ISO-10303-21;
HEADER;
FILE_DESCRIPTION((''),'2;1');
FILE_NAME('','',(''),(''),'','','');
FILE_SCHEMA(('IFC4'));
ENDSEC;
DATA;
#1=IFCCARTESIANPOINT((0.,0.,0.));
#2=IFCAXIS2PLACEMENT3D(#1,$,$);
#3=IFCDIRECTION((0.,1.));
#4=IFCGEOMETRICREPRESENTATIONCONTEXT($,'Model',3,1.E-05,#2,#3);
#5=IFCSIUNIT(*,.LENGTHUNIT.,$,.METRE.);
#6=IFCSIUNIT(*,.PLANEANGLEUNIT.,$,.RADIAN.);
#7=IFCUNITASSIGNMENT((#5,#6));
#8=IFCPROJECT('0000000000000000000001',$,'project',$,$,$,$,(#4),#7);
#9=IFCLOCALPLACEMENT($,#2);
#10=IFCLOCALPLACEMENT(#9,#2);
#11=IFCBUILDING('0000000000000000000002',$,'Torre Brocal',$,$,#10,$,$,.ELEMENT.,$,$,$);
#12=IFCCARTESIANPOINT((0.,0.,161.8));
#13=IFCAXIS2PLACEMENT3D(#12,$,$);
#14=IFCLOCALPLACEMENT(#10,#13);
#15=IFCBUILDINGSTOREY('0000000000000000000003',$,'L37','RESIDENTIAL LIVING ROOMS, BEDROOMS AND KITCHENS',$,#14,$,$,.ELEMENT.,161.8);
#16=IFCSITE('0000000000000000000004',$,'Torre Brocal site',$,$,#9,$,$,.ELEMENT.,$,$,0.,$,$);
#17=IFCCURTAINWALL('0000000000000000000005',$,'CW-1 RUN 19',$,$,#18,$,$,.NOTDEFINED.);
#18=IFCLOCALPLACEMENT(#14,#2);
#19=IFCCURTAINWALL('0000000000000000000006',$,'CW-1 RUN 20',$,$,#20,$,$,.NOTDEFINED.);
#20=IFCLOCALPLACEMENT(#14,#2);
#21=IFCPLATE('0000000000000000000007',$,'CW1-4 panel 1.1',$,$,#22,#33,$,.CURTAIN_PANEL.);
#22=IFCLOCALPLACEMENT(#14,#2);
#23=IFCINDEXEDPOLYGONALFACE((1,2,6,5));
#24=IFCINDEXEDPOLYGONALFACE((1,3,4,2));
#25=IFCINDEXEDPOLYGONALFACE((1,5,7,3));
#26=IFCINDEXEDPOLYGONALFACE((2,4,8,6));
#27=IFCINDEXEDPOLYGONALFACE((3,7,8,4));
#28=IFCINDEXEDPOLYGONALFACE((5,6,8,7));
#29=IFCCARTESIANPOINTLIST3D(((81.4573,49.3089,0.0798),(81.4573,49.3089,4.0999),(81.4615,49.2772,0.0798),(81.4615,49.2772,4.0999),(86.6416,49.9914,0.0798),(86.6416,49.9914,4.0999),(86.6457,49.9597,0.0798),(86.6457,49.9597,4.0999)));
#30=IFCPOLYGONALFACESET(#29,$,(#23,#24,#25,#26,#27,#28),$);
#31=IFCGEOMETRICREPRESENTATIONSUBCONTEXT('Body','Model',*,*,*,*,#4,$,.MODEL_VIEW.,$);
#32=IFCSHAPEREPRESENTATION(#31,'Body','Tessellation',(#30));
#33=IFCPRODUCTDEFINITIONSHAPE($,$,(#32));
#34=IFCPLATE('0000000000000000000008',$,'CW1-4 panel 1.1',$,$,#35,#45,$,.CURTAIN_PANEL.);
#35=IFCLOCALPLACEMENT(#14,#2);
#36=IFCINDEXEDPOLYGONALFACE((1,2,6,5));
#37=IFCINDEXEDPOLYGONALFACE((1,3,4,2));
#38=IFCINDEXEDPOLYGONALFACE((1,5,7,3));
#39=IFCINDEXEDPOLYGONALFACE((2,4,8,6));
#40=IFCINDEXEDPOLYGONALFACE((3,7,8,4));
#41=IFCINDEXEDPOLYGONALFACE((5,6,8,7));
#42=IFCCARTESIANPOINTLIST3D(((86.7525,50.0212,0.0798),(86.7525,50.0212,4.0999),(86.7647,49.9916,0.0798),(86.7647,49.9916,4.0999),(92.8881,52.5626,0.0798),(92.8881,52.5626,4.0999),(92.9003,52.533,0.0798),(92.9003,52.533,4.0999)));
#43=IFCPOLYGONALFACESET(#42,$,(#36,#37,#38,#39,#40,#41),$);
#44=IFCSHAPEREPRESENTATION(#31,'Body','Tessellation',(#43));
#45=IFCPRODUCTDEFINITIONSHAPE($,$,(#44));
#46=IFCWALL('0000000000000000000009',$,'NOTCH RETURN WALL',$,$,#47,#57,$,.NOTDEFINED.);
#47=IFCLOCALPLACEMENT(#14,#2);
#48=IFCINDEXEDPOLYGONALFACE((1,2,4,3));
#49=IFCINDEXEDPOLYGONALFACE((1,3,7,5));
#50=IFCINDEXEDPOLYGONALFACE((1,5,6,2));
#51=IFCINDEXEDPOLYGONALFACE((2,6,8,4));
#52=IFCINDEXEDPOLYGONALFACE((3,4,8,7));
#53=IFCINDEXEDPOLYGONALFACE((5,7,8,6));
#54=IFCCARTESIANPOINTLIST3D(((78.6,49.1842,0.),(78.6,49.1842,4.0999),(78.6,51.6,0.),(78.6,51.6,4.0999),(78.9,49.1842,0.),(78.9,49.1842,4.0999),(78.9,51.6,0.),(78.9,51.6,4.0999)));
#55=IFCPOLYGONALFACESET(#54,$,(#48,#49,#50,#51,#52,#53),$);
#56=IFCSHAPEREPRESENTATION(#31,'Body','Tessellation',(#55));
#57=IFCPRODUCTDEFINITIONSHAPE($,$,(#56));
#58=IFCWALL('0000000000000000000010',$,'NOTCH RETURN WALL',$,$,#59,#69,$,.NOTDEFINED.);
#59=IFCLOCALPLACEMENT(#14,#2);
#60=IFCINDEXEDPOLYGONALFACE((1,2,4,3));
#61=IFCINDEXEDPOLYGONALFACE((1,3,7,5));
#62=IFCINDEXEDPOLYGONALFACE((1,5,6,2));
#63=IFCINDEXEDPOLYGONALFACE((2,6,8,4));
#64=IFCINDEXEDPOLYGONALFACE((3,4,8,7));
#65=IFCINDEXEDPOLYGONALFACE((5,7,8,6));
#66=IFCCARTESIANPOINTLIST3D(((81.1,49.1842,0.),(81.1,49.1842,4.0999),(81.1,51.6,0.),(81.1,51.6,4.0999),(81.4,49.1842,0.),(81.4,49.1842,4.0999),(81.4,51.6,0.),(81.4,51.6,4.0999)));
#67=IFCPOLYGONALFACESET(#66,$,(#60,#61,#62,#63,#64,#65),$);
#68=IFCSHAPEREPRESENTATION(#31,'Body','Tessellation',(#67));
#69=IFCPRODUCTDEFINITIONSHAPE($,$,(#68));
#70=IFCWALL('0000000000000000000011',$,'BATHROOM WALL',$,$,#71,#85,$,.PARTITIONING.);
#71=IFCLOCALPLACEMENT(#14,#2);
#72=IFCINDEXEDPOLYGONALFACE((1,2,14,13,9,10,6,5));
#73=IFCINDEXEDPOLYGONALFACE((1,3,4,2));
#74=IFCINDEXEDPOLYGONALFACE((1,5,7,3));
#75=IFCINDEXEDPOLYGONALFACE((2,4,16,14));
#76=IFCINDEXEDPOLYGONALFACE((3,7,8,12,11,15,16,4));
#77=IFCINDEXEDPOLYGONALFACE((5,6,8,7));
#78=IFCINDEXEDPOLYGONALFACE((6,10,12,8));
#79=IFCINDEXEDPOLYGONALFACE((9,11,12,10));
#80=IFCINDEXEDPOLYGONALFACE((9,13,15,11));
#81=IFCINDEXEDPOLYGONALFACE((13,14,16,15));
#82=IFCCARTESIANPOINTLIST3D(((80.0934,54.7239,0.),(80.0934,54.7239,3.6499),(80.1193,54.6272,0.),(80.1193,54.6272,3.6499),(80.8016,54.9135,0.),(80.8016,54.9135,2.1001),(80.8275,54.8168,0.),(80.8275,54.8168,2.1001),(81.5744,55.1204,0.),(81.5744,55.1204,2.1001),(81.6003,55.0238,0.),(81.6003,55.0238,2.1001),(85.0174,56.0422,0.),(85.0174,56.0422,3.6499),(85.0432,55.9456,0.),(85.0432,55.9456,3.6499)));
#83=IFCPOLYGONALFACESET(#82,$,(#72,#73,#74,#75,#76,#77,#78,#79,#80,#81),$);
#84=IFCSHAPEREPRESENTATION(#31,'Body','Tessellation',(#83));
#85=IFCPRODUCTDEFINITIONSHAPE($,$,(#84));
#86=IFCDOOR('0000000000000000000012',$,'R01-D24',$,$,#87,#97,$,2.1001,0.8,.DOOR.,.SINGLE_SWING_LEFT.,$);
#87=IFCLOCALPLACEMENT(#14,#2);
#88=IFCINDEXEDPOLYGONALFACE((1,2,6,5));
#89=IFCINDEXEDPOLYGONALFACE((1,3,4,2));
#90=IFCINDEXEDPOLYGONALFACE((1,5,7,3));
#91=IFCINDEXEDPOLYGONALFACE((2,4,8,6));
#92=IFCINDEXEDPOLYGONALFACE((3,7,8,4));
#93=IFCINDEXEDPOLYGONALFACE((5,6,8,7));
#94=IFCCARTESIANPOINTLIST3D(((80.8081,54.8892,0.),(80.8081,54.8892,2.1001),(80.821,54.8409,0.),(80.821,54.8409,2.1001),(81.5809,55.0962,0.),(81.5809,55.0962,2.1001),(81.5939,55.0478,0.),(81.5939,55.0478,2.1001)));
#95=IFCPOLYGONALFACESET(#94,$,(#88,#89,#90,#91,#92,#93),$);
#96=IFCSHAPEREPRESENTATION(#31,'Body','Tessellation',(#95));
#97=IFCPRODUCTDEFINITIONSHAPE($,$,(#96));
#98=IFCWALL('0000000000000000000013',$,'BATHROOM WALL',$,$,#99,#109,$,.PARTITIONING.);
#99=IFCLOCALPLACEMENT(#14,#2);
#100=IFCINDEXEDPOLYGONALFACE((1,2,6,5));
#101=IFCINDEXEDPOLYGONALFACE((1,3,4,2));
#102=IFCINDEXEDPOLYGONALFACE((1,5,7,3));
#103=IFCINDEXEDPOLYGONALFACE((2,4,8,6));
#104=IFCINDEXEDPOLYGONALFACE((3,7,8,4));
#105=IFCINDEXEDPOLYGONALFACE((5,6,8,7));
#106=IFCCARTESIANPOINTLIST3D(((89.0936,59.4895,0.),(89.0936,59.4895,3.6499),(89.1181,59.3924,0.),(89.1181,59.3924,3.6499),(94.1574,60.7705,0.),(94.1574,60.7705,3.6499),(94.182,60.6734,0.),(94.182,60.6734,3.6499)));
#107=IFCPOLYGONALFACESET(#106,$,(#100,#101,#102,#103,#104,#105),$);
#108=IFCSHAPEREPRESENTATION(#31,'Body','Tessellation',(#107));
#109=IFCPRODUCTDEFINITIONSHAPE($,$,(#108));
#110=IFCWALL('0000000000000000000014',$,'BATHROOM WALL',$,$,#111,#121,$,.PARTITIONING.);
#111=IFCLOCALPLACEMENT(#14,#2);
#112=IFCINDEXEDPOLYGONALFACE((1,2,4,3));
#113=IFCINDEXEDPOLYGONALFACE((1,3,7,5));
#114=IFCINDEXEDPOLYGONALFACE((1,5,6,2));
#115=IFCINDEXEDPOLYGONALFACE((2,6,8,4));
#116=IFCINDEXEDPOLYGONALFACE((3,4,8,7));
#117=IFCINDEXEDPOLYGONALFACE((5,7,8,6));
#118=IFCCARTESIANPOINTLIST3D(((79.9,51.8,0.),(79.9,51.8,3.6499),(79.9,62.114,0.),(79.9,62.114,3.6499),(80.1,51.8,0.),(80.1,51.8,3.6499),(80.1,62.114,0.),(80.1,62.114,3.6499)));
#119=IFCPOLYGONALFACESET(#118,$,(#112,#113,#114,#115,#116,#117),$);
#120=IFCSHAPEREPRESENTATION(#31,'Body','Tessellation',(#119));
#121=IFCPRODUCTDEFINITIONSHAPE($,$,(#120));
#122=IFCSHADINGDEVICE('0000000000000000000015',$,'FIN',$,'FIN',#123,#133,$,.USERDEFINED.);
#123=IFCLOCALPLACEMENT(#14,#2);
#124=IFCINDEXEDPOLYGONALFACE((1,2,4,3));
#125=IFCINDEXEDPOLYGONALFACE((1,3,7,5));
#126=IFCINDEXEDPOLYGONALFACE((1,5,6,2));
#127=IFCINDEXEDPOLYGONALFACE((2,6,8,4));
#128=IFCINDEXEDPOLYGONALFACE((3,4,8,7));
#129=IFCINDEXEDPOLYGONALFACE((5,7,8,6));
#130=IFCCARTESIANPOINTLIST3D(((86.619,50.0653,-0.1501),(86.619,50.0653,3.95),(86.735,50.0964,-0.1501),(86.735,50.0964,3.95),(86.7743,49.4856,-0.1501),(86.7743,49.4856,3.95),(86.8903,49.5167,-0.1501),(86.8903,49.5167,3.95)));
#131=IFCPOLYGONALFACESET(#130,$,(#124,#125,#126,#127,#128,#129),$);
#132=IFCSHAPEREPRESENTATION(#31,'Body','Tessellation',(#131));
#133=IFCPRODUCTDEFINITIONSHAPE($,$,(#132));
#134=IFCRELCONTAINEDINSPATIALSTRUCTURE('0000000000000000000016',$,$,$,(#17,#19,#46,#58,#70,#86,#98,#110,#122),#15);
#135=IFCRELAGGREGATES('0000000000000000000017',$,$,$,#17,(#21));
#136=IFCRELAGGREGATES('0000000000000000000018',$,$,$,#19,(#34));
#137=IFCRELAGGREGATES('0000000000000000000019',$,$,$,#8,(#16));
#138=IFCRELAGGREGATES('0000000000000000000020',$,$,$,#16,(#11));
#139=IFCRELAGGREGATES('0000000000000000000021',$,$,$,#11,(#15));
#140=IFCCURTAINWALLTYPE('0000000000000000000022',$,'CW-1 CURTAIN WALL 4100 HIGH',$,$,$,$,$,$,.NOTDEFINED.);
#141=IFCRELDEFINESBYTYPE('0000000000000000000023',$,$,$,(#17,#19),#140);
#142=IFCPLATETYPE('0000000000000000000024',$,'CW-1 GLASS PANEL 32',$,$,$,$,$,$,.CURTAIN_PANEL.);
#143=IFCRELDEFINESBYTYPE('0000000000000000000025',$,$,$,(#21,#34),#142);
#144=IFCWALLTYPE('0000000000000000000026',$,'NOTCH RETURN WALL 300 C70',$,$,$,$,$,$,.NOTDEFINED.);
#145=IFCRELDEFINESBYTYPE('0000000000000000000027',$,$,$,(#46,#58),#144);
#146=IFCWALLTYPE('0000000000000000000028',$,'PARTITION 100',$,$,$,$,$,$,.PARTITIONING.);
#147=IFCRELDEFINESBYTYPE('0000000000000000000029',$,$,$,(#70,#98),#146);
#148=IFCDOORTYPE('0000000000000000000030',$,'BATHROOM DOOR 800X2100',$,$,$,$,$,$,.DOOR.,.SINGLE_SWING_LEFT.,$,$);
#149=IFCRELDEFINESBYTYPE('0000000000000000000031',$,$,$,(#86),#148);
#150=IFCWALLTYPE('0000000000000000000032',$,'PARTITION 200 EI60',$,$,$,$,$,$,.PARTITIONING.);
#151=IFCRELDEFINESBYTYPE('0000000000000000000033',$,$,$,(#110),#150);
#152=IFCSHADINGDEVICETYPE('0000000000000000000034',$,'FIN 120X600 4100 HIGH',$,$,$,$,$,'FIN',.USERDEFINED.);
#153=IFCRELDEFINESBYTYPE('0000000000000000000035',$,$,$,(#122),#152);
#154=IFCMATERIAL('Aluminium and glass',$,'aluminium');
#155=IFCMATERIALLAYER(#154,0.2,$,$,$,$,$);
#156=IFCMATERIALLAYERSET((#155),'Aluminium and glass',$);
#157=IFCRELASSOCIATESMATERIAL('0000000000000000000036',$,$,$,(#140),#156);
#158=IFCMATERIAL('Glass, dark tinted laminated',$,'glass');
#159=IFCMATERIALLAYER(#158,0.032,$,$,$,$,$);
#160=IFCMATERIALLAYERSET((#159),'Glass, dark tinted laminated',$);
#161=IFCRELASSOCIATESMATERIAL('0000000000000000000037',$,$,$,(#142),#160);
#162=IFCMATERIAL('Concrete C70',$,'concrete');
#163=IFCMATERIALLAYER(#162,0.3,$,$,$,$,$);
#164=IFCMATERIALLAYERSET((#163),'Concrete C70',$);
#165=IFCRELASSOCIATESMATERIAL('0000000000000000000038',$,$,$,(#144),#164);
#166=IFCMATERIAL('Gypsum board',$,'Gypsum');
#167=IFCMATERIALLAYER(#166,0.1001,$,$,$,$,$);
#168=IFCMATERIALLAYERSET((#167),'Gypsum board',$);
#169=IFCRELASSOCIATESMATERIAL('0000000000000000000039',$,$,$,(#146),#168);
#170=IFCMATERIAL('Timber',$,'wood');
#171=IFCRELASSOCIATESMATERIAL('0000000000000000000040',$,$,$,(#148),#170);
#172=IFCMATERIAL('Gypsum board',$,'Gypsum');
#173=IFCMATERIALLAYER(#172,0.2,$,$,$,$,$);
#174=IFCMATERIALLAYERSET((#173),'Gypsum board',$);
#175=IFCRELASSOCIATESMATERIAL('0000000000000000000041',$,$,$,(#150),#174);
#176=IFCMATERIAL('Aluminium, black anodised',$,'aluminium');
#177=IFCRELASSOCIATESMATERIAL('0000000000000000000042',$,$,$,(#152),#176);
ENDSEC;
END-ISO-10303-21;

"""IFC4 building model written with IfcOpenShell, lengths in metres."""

from ifc_helpers import new_model, si_unit, direction, frame, frame_2d, origin, origin_2d, place, context, subcontext, project, spatial, rectangle, extrude, material, layer, layer_set, material_profile, profile_set, type_object, element, fill, aggregate, save


model = new_model("IFC4")

# Units and contexts
model_context = context("Model", 3, precision=1e-05, world=origin(), true_north=direction((0.0, 1.0)))
body_context = subcontext(model_context, "Body", "Model", "MODEL_VIEW")
ifc_project = project(units=[si_unit("LENGTHUNIT", "METRE"), si_unit("PLANEANGLEUNIT", "RADIAN")], contexts=[model_context])

# Site, building, storey
site_placement = place(None, origin())
site = spatial("IfcSite", under=ifc_project, at=site_placement, Name="Torre Brocal site", CompositionType="ELEMENT", RefElevation=0.0)
building_placement = place(site_placement, origin())
building = spatial("IfcBuilding", under=site, at=building_placement, Name="Torre Brocal", CompositionType="ELEMENT")
storey_placement = place(building_placement, frame((0.0, 0.0, 161.8)))
storey = spatial("IfcBuildingStorey", under=building, at=storey_placement, Name="L37", Description="RESIDENTIAL LIVING ROOMS, BEDROOMS AND KITCHENS", CompositionType="ELEMENT", Elevation=161.8)

# Curtain wall
ifc_material_1 = material(Name="Aluminium and glass", Category="aluminium")
ifc_layer_1 = layer(ifc_material_1, 0.2)
ifc_layer_set_1 = layer_set([ifc_layer_1], Name="Aluminium and glass")
curtain_wall_type = type_object("IfcCurtainWallType", Name="CW-1 CURTAIN WALL 4100 HIGH", PredefinedType="NOTDEFINED", material=ifc_layer_set_1)
curtain_wall_1_placement = place(storey_placement, origin())
curtain_wall_1 = element("IfcCurtainWall", 1, at=curtain_wall_1_placement, inside=storey, type_object=curtain_wall_type, Name="CW-1 RUN 19", PredefinedType="NOTDEFINED")

# Curtain wall
curtain_wall_2_placement = place(storey_placement, origin())
curtain_wall_2 = element("IfcCurtainWall", 2, at=curtain_wall_2_placement, inside=storey, type_object=curtain_wall_type, Name="CW-1 RUN 20", PredefinedType="NOTDEFINED")

# Plates
ifc_material_2 = material(Name="Glass, dark tinted laminated", Category="glass")
ifc_layer_2 = layer(ifc_material_2, 0.032)
ifc_layer_set_2 = layer_set([ifc_layer_2], Name="Glass, dark tinted laminated")
plate_type = type_object("IfcPlateType", Name="CW-1 GLASS PANEL 32", PredefinedType="CURTAIN_PANEL", material=ifc_layer_set_2)
plate_1_placement = place(storey_placement, frame((84.0515, 49.6343, 0.0798), z_axis=(0.0, 0.0, 1.0), x_axis=(0.991445, 0.130526, 0.0)))
plate_1 = element("IfcPlate", 3, at=plate_1_placement, type_object=plate_type, Name="CW1-4 panel 1.1", PredefinedType="CURTAIN_PANEL", context=body_context, shape_type="SweptSolid", body=[
    extrude(rectangle(XDim=5.229, YDim=0.032, at=origin_2d()), origin(), (0.0, 0.0, 1.0), 4.02),
])
aggregate(curtain_wall_1, [plate_1])
plate_2_placement = place(storey_placement, frame((89.8264, 51.2771, 0.0798), z_axis=(0.0, 0.0, 1.0), x_axis=(0.92388, 0.382683, 0.0)))
plate_2 = element("IfcPlate", 4, at=plate_2_placement, type_object=plate_type, Name="CW1-4 panel 1.1", PredefinedType="CURTAIN_PANEL", context=body_context, shape_type="SweptSolid", body=[
    extrude(rectangle(XDim=6.6411, YDim=0.032, at=origin_2d()), origin(), (0.0, 0.0, 1.0), 4.02),
])
aggregate(curtain_wall_2, [plate_2])

# Walls
ifc_material_3 = material(Name="Concrete C70", Category="concrete")
ifc_layer_3 = layer(ifc_material_3, 0.3)
ifc_layer_set_3 = layer_set([ifc_layer_3], Name="Concrete C70")
wall_type_1 = type_object("IfcWallType", Name="NOTCH RETURN WALL 300 C70", PredefinedType="NOTDEFINED", material=ifc_layer_set_3)
for number, where, z_axis, x_axis, name in (
    (5, (78.75, 51.6001, 0.0), (0.0, 0.0, 1.0), (0.0, -1.0, 0.0), "NOTCH RETURN WALL"),
    (6, (81.25, 51.6001, 0.0), (0.0, 0.0, 1.0), (0.0, -1.0, 0.0), "NOTCH RETURN WALL"),
):
    element("IfcWall", number, at=place(storey_placement, frame(where, z_axis=z_axis, x_axis=x_axis)), inside=storey, type_object=wall_type_1, Name=name, PredefinedType="NOTDEFINED", context=body_context, shape_type="SweptSolid", body=[
        extrude(rectangle(XDim=2.4158, YDim=0.3, at=frame_2d((1.208, 0.0))), origin(), (0.0, 0.0, 1.0), 4.0999),
    ])

# Wall, opening, door
ifc_material_4 = material(Name="Gypsum board", Category="Gypsum")
ifc_layer_4 = layer(ifc_material_4, 0.1001)
ifc_layer_set_4 = layer_set([ifc_layer_4], Name="Gypsum board")
wall_type_2 = type_object("IfcWallType", Name="PARTITION 100", PredefinedType="PARTITIONING", material=ifc_layer_set_4)
wall_1_placement = place(storey_placement, frame((80.1062, 54.6755, 0.0), z_axis=(0.0, 0.0, 1.0), x_axis=(0.965977, 0.258628, 0.0)))
wall_1 = element("IfcWall", 7, at=wall_1_placement, inside=storey, type_object=wall_type_2, Name="BATHROOM WALL", PredefinedType="PARTITIONING", context=body_context, shape_type="SweptSolid", body=[
    extrude(rectangle(XDim=5.0974, YDim=0.1001, at=frame_2d((2.5488, 0.0))), origin(), (0.0, 0.0, 1.0), 3.6499),
])
opening_placement = place(wall_1_placement, frame((0.7334, 0.0, 0.0)))
opening = element("IfcOpeningElement", 8, at=opening_placement, cuts=wall_1, PredefinedType="OPENING", context=body_context, shape_type="SweptSolid", body=[
    extrude(rectangle(XDim=0.8, YDim=2.1001, at=frame_2d((0.3999, 1.05))), frame((0.0, 0.0601, 0.0), z_axis=(0.0, -1.0, 0.0), x_axis=(1.0, 0.0, 0.0)), (0.0, 0.0, 1.0), 0.1201),
])
ifc_material_5 = material(Name="Timber", Category="wood")
door_type = type_object("IfcDoorType", Name="BATHROOM DOOR 800X2100", OperationType="SINGLE_SWING_LEFT", PredefinedType="DOOR", material=ifc_material_5)
door_placement = place(opening_placement, origin())
door = element("IfcDoor", 9, at=door_placement, inside=storey, type_object=door_type, Name="R01-D24", OperationType="SINGLE_SWING_LEFT", OverallHeight=2.1001, OverallWidth=0.8, PredefinedType="DOOR", context=body_context, shape_type="SweptSolid", body=[
    extrude(rectangle(XDim=0.8, YDim=2.1001, at=frame_2d((0.3999, 1.05))), frame((0.0, 0.0249, 0.0), z_axis=(0.0, -1.0, 0.0), x_axis=(1.0, 0.0, 0.0)), (0.0, 0.0, 1.0), 0.05),
])
fill(opening, door)

# Walls
wall_2_placement = place(storey_placement, frame((89.1057, 59.4409, 0.0), z_axis=(0.0, 0.0, 1.0), x_axis=(0.969462, 0.24524, 0.0)))
element("IfcWall", 10, at=wall_2_placement, inside=storey, type_object=wall_type_2, Name="BATHROOM WALL", PredefinedType="PARTITIONING", context=body_context, shape_type="SweptSolid", body=[
    extrude(rectangle(XDim=5.2234, YDim=0.1001, at=frame_2d((2.6118, 0.0))), origin(), (0.0, 0.0, 1.0), 3.6499),
])
ifc_material_6 = material(Name="Gypsum board", Category="Gypsum")
ifc_layer_5 = layer(ifc_material_6, 0.2)
ifc_layer_set_5 = layer_set([ifc_layer_5], Name="Gypsum board")
wall_type_3 = type_object("IfcWallType", Name="PARTITION 200 EI60", PredefinedType="PARTITIONING", material=ifc_layer_set_5)
wall_3_placement = place(storey_placement, frame((80.0, 51.8, 0.0), z_axis=(0.0, 0.0, 1.0), x_axis=(0.0, 1.0, 0.0)))
element("IfcWall", 11, at=wall_3_placement, inside=storey, type_object=wall_type_3, Name="BATHROOM WALL", PredefinedType="PARTITIONING", context=body_context, shape_type="SweptSolid", body=[
    extrude(rectangle(XDim=10.314, YDim=0.2, at=frame_2d((5.157, 0.0))), origin(), (0.0, 0.0, 1.0), 3.6499),
])

# Shading device
ifc_material_7 = material(Name="Aluminium, black anodised", Category="aluminium")
ifc_material_profile_1 = material_profile(ifc_material_7, rectangle(XDim=0.1201, YDim=0.6001, at=origin_2d()), Name="FIN 120X600 4100 HIGH")
ifc_profile_set_1 = profile_set([ifc_material_profile_1], Name="Aluminium, black anodised")
shading_device_type = type_object("IfcShadingDeviceType", Name="FIN 120X600 4100 HIGH", ElementType="FIN", PredefinedType="USERDEFINED", material=ifc_profile_set_1)
shading_device_placement = place(storey_placement, frame((86.7546, 49.791, -0.1501), z_axis=(0.0, 0.0, 1.0), x_axis=(0.965926, 0.258819, 0.0)))
element("IfcShadingDevice", 12, at=shading_device_placement, inside=storey, type_object=shading_device_type, Name="FIN", ObjectType="FIN", PredefinedType="USERDEFINED", context=body_context, shape_type="SweptSolid", body=[
    extrude(rectangle(XDim=0.1201, YDim=0.6001, at=origin_2d()), origin(), (0.0, 0.0, 1.0), 4.1001),
])

save(model, "model.ifc")
